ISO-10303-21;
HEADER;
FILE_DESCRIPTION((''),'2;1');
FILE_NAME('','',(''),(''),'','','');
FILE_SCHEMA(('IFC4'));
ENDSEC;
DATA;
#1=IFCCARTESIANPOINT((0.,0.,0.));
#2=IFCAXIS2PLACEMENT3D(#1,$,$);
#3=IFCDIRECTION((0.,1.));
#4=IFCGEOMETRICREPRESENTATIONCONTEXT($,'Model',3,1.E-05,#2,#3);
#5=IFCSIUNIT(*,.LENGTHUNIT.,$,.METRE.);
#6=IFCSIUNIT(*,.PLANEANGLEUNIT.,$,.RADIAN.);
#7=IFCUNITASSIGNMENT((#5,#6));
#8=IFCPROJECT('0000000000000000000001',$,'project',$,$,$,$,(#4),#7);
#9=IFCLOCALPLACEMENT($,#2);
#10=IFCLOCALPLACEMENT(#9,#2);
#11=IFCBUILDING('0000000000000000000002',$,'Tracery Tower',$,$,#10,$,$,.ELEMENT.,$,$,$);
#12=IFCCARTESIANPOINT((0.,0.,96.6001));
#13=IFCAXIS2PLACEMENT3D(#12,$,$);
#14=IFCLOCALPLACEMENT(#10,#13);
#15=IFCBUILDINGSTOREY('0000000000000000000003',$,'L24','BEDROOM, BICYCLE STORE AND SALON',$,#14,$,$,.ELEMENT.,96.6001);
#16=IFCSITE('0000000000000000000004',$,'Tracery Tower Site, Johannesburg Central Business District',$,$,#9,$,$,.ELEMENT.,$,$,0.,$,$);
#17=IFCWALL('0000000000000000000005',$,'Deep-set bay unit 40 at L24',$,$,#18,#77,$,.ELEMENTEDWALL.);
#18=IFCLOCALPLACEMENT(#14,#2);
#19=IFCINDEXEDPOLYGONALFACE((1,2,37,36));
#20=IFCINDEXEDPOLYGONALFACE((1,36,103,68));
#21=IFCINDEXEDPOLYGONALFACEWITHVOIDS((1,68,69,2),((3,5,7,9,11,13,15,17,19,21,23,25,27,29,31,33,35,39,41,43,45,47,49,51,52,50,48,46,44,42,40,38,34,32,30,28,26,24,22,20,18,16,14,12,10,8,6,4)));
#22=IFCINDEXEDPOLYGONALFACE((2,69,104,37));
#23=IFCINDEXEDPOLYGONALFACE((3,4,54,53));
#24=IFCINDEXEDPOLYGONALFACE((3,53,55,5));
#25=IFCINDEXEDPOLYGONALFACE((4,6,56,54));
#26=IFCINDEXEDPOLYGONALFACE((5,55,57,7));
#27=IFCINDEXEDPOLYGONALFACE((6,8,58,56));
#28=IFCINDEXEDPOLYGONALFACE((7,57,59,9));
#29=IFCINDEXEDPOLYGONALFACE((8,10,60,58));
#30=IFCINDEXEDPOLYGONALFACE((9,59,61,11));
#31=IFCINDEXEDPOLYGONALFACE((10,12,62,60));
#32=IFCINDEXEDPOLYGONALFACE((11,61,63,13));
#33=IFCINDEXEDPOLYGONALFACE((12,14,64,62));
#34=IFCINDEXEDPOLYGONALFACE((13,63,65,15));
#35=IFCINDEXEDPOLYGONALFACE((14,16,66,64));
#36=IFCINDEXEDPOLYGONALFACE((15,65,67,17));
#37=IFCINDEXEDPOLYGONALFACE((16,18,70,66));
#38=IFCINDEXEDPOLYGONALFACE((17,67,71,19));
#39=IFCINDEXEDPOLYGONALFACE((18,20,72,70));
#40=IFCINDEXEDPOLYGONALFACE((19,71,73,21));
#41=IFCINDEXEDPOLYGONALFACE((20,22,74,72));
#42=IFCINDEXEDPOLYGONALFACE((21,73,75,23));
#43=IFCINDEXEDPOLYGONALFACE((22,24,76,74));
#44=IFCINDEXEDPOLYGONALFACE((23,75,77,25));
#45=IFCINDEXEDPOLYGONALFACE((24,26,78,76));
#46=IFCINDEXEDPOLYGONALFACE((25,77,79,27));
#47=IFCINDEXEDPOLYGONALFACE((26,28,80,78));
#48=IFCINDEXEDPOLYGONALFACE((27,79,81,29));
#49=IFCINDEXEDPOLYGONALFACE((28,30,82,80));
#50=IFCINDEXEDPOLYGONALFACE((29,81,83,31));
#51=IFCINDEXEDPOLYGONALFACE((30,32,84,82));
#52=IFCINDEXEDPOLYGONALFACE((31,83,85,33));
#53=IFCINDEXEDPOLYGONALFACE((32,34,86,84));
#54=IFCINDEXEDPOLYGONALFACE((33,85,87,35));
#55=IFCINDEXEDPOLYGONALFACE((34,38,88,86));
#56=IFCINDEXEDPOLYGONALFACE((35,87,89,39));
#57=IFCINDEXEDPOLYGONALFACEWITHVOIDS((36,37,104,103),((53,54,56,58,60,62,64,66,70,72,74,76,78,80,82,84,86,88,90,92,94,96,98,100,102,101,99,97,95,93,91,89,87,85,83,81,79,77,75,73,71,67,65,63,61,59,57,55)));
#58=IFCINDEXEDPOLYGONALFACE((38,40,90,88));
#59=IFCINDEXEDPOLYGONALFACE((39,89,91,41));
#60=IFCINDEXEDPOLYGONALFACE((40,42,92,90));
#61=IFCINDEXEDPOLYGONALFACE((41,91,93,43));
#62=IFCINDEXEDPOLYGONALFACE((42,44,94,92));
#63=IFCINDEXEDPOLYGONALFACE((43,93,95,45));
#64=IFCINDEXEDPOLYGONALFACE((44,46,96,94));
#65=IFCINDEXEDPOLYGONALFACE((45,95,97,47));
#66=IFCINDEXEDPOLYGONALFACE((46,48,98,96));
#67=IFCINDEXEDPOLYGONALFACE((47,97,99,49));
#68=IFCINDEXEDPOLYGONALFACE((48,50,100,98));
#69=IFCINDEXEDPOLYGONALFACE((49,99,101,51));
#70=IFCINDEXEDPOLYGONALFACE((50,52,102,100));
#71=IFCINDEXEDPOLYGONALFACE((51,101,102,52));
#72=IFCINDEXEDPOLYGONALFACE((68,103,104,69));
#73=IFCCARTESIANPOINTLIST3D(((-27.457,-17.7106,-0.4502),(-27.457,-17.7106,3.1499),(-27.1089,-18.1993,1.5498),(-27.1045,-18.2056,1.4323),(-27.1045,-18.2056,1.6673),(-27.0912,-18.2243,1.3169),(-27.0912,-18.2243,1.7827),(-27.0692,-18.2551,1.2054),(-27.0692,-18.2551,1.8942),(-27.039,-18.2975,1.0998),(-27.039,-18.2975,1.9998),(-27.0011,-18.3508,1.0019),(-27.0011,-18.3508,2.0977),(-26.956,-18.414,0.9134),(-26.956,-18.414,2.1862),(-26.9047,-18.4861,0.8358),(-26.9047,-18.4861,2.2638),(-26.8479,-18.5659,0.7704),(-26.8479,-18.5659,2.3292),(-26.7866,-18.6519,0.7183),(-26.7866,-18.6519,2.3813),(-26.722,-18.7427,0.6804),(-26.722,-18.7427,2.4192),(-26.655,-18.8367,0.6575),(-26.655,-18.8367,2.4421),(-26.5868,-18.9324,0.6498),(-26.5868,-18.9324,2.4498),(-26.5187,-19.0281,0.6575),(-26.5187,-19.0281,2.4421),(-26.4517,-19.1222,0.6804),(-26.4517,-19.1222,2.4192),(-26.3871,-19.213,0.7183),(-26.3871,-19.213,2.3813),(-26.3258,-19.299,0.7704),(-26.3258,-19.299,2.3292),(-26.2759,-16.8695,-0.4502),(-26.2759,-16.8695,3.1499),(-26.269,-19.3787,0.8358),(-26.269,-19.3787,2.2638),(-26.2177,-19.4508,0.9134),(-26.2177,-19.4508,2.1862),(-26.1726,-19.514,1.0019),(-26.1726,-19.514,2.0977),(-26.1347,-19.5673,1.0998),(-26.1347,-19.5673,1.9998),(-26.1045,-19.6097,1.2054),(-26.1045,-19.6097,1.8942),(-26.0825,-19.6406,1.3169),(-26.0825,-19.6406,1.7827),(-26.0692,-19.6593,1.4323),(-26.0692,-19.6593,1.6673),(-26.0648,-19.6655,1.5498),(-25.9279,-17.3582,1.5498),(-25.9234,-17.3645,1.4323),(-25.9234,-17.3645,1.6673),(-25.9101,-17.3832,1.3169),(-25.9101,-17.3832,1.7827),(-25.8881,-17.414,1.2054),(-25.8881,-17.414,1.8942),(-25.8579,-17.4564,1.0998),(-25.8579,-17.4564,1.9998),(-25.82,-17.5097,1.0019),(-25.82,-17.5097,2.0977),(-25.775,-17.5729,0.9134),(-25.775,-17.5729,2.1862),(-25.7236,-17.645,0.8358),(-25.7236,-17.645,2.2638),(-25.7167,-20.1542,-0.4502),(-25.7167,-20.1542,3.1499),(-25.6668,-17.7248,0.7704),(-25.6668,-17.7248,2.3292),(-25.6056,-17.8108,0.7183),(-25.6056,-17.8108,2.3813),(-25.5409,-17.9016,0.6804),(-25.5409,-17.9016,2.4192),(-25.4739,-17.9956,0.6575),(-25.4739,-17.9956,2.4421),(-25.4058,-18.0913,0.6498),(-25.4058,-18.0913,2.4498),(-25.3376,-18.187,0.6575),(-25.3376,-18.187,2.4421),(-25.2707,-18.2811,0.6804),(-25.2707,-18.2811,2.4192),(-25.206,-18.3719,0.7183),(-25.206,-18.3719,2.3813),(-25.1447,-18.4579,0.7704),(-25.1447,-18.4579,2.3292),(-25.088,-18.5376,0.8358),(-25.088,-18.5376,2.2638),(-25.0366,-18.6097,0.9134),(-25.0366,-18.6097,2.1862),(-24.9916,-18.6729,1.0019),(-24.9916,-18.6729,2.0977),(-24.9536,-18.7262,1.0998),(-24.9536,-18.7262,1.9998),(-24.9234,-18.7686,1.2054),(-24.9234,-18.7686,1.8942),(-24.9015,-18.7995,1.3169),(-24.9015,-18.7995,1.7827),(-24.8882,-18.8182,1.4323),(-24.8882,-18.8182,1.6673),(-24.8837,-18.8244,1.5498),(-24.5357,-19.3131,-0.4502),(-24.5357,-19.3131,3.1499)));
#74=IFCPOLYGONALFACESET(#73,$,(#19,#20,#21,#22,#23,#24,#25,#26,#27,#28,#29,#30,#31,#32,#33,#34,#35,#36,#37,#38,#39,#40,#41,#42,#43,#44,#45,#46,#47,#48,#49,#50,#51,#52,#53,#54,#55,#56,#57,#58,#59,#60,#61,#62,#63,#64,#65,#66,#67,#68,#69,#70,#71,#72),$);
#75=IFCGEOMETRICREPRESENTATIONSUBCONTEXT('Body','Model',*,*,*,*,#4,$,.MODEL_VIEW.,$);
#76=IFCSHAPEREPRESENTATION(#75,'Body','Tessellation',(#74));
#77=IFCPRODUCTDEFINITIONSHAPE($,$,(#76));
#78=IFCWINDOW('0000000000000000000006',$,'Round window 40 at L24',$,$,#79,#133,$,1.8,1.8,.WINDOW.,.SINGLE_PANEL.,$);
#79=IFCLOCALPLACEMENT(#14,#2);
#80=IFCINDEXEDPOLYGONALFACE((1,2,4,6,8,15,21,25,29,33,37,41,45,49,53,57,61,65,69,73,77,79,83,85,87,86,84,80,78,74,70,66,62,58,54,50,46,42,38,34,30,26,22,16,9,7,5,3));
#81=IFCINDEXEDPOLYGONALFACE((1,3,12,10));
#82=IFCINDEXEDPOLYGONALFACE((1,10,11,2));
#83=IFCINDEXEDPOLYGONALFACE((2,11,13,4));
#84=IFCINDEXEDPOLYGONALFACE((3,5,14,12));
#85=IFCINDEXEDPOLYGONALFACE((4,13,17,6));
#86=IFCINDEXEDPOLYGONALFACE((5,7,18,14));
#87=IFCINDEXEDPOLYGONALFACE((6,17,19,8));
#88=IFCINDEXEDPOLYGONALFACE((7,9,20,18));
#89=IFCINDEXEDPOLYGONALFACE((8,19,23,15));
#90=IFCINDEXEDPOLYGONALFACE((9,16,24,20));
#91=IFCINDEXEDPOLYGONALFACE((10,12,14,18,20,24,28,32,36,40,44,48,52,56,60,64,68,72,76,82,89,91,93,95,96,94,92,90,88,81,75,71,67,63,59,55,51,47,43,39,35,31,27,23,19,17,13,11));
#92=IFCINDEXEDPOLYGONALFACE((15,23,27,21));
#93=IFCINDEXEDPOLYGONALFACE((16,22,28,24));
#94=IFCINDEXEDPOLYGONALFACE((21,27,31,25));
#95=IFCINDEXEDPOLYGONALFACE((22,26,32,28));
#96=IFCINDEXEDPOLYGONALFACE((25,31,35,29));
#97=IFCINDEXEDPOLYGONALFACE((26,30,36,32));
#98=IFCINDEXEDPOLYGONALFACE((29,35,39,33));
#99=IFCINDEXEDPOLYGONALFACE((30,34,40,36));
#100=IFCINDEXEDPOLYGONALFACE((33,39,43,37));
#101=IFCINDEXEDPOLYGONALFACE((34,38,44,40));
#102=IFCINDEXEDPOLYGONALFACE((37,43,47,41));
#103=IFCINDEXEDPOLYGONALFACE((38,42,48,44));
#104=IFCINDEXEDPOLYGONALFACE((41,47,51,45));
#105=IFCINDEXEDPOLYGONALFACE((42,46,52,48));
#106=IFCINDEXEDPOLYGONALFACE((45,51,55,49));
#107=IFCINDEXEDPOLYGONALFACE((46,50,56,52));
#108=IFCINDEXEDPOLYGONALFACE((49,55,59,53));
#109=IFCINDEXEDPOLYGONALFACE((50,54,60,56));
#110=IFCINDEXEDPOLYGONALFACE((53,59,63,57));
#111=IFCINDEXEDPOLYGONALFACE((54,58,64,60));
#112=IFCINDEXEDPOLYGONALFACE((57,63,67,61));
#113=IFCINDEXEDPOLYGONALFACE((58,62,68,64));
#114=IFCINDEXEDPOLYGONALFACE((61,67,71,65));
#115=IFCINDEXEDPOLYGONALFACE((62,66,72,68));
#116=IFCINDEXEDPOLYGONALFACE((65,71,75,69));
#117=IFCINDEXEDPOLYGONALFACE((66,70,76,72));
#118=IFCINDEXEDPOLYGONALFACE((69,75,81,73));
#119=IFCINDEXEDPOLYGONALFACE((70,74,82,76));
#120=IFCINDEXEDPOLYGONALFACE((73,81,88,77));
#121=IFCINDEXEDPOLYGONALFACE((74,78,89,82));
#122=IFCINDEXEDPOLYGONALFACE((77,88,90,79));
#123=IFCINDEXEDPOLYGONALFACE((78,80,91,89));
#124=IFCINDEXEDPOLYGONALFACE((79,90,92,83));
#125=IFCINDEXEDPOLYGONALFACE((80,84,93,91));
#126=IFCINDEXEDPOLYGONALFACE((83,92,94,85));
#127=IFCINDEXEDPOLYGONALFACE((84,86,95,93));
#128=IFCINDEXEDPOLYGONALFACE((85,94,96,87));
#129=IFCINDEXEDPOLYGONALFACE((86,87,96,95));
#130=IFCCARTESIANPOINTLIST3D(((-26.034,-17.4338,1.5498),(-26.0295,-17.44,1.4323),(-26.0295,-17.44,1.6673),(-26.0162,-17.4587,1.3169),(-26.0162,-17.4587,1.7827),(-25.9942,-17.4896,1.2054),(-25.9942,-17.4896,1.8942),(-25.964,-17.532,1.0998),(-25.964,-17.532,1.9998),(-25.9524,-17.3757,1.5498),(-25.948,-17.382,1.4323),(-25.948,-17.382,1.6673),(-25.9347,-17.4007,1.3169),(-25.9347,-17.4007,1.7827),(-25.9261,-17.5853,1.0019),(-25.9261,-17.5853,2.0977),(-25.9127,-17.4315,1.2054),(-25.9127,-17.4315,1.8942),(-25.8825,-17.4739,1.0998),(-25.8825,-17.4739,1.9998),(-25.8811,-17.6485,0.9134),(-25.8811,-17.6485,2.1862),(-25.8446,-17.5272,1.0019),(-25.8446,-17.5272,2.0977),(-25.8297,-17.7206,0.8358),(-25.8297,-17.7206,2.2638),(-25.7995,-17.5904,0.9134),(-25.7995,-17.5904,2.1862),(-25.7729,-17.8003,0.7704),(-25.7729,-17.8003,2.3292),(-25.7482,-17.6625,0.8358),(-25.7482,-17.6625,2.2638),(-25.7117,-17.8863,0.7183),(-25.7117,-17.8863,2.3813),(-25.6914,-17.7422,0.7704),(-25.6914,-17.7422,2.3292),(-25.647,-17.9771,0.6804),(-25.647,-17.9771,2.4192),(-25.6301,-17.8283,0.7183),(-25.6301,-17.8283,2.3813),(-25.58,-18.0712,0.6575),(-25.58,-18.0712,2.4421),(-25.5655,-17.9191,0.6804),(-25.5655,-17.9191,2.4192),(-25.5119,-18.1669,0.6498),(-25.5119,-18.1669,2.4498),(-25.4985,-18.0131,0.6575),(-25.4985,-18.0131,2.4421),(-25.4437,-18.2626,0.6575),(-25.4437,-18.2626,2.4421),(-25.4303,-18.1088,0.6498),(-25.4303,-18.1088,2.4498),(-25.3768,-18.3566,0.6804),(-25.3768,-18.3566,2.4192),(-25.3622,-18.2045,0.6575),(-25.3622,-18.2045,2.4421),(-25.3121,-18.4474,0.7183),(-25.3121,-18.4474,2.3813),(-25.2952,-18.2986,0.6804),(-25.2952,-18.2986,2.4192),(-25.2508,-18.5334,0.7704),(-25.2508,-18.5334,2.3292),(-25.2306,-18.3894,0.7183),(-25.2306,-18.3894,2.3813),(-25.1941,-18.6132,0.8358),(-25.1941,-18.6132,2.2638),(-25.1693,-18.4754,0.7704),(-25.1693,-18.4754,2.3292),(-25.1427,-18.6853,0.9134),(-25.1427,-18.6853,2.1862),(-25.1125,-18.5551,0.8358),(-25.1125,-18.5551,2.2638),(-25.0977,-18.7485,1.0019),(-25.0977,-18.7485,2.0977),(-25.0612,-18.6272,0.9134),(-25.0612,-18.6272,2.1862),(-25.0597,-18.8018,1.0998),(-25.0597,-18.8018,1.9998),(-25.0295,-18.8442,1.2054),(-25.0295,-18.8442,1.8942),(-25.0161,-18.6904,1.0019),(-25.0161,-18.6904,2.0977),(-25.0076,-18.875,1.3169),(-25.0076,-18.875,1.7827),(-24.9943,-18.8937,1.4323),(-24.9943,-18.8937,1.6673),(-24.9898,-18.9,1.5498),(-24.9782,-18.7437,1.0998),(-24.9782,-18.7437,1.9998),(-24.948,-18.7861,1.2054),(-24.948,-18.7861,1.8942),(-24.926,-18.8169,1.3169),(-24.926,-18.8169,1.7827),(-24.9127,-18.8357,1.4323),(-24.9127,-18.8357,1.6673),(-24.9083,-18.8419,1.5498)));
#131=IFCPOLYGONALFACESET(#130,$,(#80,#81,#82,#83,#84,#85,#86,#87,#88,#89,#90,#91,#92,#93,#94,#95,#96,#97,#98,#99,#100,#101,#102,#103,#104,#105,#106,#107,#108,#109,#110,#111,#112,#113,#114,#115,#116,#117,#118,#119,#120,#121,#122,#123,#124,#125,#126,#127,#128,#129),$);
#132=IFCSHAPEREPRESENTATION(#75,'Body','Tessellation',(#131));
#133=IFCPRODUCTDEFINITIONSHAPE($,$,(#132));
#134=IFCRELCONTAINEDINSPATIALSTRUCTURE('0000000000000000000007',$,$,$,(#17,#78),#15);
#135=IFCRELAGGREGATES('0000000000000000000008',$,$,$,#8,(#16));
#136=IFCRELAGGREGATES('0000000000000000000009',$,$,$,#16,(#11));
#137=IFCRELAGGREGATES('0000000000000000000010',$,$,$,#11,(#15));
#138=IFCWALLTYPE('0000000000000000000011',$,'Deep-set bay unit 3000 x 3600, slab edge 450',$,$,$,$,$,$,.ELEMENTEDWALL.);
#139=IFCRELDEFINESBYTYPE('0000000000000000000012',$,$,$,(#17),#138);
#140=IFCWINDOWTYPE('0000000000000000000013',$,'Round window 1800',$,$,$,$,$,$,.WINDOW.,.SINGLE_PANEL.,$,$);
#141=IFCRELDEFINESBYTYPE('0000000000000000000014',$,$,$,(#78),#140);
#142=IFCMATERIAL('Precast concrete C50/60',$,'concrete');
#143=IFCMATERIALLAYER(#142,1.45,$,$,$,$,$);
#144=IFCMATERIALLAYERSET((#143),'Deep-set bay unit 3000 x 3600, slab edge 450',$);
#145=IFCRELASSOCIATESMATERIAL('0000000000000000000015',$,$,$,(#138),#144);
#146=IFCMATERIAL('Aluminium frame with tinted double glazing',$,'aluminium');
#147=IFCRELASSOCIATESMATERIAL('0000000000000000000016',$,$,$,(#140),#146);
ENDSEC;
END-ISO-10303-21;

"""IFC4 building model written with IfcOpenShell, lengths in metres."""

from ifc_helpers import new_model, si_unit, direction, frame, frame_2d, origin, origin_2d, place, context, subcontext, project, spatial, rectangle, circle, extrude, material, layer, layer_set, type_object, element, fill, save


model = new_model("IFC4")

# Units and contexts
model_context = context("Model", 3, precision=1e-05, world=origin(), true_north=direction((0.0, 1.0)))
body_context = subcontext(model_context, "Body", "Model", "MODEL_VIEW")
ifc_project = project(units=[si_unit("LENGTHUNIT", "METRE"), si_unit("PLANEANGLEUNIT", "RADIAN")], contexts=[model_context])

# Site, building, storey
site_placement = place(None, origin())
site = spatial("IfcSite", under=ifc_project, at=site_placement, Name="Tracery Tower Site, Johannesburg Central Business District", CompositionType="ELEMENT", RefElevation=0.0)
building_placement = place(site_placement, origin())
building = spatial("IfcBuilding", under=site, at=building_placement, Name="Tracery Tower", CompositionType="ELEMENT")
storey_placement = place(building_placement, frame((0.0, 0.0, 96.6001)))
storey = spatial("IfcBuildingStorey", under=building, at=storey_placement, Name="L24", Description="BEDROOM, BICYCLE STORE AND SALON", CompositionType="ELEMENT", Elevation=96.6001)

# Wall, opening, window
ifc_material_1 = material(Name="Precast concrete C50/60", Category="concrete")
ifc_layer_1 = layer(ifc_material_1, 1.45)
ifc_layer_set_1 = layer_set([ifc_layer_1], Name="Deep-set bay unit 3000 x 3600, slab edge 450")
wall_type_1 = type_object("IfcWallType", Name="Deep-set bay unit 3000 x 3600, slab edge 450", PredefinedType="ELEMENTEDWALL", material=ifc_layer_set_1)
wall_1_placement = place(storey_placement, frame((-26.8665, -17.29, -0.4502), z_axis=(0.0, 0.0, 1.0), x_axis=(0.580091, -0.814552, 0.0)))
wall_1 = element("IfcWall", 1, at=wall_1_placement, inside=storey, type_object=wall_type_1, Name="Deep-set bay unit 40 at L24", PredefinedType="ELEMENTEDWALL", context=body_context, shape_type="SweptSolid", body=[
    extrude(rectangle(XDim=3.0, YDim=1.45, at=frame_2d((1.5, 0.0))), origin(), (0.0, 0.0, 1.0), 3.6001),
])
opening_1_placement = place(wall_1_placement, frame((1.5, 0.0, 2.0)))
opening_1 = element("IfcOpeningElement", 2, at=opening_1_placement, cuts=wall_1, PredefinedType="OPENING", context=body_context, shape_type="SweptSolid", body=[
    extrude(circle(Radius=0.9, at=origin_2d()), frame((0.0, 0.7349, 0.0), z_axis=(0.0, -1.0, 0.0), x_axis=(1.0, 0.0, 0.0)), (0.0, 0.0, 1.0), 1.47),
])
ifc_material_2 = material(Name="Aluminium frame with tinted double glazing", Category="aluminium")
window_type = type_object("IfcWindowType", Name="Round window 1800", PartitioningType="SINGLE_PANEL", PredefinedType="WINDOW", material=ifc_material_2)
window_1_placement = place(opening_1_placement, origin())
window_1 = element("IfcWindow", 3, at=window_1_placement, inside=storey, type_object=window_type, Name="Round window 40 at L24", OverallHeight=1.8, OverallWidth=1.8, PartitioningType="SINGLE_PANEL", PredefinedType="WINDOW", context=body_context, shape_type="SweptSolid", body=[
    extrude(circle(Radius=0.9, at=origin_2d()), frame((0.0, 0.6948, 0.0), z_axis=(0.0, -1.0, 0.0), x_axis=(1.0, 0.0, 0.0)), (0.0, 0.0, 1.0), 0.1001),
])
fill(opening_1, window_1)

save(model, "model.ifc")
